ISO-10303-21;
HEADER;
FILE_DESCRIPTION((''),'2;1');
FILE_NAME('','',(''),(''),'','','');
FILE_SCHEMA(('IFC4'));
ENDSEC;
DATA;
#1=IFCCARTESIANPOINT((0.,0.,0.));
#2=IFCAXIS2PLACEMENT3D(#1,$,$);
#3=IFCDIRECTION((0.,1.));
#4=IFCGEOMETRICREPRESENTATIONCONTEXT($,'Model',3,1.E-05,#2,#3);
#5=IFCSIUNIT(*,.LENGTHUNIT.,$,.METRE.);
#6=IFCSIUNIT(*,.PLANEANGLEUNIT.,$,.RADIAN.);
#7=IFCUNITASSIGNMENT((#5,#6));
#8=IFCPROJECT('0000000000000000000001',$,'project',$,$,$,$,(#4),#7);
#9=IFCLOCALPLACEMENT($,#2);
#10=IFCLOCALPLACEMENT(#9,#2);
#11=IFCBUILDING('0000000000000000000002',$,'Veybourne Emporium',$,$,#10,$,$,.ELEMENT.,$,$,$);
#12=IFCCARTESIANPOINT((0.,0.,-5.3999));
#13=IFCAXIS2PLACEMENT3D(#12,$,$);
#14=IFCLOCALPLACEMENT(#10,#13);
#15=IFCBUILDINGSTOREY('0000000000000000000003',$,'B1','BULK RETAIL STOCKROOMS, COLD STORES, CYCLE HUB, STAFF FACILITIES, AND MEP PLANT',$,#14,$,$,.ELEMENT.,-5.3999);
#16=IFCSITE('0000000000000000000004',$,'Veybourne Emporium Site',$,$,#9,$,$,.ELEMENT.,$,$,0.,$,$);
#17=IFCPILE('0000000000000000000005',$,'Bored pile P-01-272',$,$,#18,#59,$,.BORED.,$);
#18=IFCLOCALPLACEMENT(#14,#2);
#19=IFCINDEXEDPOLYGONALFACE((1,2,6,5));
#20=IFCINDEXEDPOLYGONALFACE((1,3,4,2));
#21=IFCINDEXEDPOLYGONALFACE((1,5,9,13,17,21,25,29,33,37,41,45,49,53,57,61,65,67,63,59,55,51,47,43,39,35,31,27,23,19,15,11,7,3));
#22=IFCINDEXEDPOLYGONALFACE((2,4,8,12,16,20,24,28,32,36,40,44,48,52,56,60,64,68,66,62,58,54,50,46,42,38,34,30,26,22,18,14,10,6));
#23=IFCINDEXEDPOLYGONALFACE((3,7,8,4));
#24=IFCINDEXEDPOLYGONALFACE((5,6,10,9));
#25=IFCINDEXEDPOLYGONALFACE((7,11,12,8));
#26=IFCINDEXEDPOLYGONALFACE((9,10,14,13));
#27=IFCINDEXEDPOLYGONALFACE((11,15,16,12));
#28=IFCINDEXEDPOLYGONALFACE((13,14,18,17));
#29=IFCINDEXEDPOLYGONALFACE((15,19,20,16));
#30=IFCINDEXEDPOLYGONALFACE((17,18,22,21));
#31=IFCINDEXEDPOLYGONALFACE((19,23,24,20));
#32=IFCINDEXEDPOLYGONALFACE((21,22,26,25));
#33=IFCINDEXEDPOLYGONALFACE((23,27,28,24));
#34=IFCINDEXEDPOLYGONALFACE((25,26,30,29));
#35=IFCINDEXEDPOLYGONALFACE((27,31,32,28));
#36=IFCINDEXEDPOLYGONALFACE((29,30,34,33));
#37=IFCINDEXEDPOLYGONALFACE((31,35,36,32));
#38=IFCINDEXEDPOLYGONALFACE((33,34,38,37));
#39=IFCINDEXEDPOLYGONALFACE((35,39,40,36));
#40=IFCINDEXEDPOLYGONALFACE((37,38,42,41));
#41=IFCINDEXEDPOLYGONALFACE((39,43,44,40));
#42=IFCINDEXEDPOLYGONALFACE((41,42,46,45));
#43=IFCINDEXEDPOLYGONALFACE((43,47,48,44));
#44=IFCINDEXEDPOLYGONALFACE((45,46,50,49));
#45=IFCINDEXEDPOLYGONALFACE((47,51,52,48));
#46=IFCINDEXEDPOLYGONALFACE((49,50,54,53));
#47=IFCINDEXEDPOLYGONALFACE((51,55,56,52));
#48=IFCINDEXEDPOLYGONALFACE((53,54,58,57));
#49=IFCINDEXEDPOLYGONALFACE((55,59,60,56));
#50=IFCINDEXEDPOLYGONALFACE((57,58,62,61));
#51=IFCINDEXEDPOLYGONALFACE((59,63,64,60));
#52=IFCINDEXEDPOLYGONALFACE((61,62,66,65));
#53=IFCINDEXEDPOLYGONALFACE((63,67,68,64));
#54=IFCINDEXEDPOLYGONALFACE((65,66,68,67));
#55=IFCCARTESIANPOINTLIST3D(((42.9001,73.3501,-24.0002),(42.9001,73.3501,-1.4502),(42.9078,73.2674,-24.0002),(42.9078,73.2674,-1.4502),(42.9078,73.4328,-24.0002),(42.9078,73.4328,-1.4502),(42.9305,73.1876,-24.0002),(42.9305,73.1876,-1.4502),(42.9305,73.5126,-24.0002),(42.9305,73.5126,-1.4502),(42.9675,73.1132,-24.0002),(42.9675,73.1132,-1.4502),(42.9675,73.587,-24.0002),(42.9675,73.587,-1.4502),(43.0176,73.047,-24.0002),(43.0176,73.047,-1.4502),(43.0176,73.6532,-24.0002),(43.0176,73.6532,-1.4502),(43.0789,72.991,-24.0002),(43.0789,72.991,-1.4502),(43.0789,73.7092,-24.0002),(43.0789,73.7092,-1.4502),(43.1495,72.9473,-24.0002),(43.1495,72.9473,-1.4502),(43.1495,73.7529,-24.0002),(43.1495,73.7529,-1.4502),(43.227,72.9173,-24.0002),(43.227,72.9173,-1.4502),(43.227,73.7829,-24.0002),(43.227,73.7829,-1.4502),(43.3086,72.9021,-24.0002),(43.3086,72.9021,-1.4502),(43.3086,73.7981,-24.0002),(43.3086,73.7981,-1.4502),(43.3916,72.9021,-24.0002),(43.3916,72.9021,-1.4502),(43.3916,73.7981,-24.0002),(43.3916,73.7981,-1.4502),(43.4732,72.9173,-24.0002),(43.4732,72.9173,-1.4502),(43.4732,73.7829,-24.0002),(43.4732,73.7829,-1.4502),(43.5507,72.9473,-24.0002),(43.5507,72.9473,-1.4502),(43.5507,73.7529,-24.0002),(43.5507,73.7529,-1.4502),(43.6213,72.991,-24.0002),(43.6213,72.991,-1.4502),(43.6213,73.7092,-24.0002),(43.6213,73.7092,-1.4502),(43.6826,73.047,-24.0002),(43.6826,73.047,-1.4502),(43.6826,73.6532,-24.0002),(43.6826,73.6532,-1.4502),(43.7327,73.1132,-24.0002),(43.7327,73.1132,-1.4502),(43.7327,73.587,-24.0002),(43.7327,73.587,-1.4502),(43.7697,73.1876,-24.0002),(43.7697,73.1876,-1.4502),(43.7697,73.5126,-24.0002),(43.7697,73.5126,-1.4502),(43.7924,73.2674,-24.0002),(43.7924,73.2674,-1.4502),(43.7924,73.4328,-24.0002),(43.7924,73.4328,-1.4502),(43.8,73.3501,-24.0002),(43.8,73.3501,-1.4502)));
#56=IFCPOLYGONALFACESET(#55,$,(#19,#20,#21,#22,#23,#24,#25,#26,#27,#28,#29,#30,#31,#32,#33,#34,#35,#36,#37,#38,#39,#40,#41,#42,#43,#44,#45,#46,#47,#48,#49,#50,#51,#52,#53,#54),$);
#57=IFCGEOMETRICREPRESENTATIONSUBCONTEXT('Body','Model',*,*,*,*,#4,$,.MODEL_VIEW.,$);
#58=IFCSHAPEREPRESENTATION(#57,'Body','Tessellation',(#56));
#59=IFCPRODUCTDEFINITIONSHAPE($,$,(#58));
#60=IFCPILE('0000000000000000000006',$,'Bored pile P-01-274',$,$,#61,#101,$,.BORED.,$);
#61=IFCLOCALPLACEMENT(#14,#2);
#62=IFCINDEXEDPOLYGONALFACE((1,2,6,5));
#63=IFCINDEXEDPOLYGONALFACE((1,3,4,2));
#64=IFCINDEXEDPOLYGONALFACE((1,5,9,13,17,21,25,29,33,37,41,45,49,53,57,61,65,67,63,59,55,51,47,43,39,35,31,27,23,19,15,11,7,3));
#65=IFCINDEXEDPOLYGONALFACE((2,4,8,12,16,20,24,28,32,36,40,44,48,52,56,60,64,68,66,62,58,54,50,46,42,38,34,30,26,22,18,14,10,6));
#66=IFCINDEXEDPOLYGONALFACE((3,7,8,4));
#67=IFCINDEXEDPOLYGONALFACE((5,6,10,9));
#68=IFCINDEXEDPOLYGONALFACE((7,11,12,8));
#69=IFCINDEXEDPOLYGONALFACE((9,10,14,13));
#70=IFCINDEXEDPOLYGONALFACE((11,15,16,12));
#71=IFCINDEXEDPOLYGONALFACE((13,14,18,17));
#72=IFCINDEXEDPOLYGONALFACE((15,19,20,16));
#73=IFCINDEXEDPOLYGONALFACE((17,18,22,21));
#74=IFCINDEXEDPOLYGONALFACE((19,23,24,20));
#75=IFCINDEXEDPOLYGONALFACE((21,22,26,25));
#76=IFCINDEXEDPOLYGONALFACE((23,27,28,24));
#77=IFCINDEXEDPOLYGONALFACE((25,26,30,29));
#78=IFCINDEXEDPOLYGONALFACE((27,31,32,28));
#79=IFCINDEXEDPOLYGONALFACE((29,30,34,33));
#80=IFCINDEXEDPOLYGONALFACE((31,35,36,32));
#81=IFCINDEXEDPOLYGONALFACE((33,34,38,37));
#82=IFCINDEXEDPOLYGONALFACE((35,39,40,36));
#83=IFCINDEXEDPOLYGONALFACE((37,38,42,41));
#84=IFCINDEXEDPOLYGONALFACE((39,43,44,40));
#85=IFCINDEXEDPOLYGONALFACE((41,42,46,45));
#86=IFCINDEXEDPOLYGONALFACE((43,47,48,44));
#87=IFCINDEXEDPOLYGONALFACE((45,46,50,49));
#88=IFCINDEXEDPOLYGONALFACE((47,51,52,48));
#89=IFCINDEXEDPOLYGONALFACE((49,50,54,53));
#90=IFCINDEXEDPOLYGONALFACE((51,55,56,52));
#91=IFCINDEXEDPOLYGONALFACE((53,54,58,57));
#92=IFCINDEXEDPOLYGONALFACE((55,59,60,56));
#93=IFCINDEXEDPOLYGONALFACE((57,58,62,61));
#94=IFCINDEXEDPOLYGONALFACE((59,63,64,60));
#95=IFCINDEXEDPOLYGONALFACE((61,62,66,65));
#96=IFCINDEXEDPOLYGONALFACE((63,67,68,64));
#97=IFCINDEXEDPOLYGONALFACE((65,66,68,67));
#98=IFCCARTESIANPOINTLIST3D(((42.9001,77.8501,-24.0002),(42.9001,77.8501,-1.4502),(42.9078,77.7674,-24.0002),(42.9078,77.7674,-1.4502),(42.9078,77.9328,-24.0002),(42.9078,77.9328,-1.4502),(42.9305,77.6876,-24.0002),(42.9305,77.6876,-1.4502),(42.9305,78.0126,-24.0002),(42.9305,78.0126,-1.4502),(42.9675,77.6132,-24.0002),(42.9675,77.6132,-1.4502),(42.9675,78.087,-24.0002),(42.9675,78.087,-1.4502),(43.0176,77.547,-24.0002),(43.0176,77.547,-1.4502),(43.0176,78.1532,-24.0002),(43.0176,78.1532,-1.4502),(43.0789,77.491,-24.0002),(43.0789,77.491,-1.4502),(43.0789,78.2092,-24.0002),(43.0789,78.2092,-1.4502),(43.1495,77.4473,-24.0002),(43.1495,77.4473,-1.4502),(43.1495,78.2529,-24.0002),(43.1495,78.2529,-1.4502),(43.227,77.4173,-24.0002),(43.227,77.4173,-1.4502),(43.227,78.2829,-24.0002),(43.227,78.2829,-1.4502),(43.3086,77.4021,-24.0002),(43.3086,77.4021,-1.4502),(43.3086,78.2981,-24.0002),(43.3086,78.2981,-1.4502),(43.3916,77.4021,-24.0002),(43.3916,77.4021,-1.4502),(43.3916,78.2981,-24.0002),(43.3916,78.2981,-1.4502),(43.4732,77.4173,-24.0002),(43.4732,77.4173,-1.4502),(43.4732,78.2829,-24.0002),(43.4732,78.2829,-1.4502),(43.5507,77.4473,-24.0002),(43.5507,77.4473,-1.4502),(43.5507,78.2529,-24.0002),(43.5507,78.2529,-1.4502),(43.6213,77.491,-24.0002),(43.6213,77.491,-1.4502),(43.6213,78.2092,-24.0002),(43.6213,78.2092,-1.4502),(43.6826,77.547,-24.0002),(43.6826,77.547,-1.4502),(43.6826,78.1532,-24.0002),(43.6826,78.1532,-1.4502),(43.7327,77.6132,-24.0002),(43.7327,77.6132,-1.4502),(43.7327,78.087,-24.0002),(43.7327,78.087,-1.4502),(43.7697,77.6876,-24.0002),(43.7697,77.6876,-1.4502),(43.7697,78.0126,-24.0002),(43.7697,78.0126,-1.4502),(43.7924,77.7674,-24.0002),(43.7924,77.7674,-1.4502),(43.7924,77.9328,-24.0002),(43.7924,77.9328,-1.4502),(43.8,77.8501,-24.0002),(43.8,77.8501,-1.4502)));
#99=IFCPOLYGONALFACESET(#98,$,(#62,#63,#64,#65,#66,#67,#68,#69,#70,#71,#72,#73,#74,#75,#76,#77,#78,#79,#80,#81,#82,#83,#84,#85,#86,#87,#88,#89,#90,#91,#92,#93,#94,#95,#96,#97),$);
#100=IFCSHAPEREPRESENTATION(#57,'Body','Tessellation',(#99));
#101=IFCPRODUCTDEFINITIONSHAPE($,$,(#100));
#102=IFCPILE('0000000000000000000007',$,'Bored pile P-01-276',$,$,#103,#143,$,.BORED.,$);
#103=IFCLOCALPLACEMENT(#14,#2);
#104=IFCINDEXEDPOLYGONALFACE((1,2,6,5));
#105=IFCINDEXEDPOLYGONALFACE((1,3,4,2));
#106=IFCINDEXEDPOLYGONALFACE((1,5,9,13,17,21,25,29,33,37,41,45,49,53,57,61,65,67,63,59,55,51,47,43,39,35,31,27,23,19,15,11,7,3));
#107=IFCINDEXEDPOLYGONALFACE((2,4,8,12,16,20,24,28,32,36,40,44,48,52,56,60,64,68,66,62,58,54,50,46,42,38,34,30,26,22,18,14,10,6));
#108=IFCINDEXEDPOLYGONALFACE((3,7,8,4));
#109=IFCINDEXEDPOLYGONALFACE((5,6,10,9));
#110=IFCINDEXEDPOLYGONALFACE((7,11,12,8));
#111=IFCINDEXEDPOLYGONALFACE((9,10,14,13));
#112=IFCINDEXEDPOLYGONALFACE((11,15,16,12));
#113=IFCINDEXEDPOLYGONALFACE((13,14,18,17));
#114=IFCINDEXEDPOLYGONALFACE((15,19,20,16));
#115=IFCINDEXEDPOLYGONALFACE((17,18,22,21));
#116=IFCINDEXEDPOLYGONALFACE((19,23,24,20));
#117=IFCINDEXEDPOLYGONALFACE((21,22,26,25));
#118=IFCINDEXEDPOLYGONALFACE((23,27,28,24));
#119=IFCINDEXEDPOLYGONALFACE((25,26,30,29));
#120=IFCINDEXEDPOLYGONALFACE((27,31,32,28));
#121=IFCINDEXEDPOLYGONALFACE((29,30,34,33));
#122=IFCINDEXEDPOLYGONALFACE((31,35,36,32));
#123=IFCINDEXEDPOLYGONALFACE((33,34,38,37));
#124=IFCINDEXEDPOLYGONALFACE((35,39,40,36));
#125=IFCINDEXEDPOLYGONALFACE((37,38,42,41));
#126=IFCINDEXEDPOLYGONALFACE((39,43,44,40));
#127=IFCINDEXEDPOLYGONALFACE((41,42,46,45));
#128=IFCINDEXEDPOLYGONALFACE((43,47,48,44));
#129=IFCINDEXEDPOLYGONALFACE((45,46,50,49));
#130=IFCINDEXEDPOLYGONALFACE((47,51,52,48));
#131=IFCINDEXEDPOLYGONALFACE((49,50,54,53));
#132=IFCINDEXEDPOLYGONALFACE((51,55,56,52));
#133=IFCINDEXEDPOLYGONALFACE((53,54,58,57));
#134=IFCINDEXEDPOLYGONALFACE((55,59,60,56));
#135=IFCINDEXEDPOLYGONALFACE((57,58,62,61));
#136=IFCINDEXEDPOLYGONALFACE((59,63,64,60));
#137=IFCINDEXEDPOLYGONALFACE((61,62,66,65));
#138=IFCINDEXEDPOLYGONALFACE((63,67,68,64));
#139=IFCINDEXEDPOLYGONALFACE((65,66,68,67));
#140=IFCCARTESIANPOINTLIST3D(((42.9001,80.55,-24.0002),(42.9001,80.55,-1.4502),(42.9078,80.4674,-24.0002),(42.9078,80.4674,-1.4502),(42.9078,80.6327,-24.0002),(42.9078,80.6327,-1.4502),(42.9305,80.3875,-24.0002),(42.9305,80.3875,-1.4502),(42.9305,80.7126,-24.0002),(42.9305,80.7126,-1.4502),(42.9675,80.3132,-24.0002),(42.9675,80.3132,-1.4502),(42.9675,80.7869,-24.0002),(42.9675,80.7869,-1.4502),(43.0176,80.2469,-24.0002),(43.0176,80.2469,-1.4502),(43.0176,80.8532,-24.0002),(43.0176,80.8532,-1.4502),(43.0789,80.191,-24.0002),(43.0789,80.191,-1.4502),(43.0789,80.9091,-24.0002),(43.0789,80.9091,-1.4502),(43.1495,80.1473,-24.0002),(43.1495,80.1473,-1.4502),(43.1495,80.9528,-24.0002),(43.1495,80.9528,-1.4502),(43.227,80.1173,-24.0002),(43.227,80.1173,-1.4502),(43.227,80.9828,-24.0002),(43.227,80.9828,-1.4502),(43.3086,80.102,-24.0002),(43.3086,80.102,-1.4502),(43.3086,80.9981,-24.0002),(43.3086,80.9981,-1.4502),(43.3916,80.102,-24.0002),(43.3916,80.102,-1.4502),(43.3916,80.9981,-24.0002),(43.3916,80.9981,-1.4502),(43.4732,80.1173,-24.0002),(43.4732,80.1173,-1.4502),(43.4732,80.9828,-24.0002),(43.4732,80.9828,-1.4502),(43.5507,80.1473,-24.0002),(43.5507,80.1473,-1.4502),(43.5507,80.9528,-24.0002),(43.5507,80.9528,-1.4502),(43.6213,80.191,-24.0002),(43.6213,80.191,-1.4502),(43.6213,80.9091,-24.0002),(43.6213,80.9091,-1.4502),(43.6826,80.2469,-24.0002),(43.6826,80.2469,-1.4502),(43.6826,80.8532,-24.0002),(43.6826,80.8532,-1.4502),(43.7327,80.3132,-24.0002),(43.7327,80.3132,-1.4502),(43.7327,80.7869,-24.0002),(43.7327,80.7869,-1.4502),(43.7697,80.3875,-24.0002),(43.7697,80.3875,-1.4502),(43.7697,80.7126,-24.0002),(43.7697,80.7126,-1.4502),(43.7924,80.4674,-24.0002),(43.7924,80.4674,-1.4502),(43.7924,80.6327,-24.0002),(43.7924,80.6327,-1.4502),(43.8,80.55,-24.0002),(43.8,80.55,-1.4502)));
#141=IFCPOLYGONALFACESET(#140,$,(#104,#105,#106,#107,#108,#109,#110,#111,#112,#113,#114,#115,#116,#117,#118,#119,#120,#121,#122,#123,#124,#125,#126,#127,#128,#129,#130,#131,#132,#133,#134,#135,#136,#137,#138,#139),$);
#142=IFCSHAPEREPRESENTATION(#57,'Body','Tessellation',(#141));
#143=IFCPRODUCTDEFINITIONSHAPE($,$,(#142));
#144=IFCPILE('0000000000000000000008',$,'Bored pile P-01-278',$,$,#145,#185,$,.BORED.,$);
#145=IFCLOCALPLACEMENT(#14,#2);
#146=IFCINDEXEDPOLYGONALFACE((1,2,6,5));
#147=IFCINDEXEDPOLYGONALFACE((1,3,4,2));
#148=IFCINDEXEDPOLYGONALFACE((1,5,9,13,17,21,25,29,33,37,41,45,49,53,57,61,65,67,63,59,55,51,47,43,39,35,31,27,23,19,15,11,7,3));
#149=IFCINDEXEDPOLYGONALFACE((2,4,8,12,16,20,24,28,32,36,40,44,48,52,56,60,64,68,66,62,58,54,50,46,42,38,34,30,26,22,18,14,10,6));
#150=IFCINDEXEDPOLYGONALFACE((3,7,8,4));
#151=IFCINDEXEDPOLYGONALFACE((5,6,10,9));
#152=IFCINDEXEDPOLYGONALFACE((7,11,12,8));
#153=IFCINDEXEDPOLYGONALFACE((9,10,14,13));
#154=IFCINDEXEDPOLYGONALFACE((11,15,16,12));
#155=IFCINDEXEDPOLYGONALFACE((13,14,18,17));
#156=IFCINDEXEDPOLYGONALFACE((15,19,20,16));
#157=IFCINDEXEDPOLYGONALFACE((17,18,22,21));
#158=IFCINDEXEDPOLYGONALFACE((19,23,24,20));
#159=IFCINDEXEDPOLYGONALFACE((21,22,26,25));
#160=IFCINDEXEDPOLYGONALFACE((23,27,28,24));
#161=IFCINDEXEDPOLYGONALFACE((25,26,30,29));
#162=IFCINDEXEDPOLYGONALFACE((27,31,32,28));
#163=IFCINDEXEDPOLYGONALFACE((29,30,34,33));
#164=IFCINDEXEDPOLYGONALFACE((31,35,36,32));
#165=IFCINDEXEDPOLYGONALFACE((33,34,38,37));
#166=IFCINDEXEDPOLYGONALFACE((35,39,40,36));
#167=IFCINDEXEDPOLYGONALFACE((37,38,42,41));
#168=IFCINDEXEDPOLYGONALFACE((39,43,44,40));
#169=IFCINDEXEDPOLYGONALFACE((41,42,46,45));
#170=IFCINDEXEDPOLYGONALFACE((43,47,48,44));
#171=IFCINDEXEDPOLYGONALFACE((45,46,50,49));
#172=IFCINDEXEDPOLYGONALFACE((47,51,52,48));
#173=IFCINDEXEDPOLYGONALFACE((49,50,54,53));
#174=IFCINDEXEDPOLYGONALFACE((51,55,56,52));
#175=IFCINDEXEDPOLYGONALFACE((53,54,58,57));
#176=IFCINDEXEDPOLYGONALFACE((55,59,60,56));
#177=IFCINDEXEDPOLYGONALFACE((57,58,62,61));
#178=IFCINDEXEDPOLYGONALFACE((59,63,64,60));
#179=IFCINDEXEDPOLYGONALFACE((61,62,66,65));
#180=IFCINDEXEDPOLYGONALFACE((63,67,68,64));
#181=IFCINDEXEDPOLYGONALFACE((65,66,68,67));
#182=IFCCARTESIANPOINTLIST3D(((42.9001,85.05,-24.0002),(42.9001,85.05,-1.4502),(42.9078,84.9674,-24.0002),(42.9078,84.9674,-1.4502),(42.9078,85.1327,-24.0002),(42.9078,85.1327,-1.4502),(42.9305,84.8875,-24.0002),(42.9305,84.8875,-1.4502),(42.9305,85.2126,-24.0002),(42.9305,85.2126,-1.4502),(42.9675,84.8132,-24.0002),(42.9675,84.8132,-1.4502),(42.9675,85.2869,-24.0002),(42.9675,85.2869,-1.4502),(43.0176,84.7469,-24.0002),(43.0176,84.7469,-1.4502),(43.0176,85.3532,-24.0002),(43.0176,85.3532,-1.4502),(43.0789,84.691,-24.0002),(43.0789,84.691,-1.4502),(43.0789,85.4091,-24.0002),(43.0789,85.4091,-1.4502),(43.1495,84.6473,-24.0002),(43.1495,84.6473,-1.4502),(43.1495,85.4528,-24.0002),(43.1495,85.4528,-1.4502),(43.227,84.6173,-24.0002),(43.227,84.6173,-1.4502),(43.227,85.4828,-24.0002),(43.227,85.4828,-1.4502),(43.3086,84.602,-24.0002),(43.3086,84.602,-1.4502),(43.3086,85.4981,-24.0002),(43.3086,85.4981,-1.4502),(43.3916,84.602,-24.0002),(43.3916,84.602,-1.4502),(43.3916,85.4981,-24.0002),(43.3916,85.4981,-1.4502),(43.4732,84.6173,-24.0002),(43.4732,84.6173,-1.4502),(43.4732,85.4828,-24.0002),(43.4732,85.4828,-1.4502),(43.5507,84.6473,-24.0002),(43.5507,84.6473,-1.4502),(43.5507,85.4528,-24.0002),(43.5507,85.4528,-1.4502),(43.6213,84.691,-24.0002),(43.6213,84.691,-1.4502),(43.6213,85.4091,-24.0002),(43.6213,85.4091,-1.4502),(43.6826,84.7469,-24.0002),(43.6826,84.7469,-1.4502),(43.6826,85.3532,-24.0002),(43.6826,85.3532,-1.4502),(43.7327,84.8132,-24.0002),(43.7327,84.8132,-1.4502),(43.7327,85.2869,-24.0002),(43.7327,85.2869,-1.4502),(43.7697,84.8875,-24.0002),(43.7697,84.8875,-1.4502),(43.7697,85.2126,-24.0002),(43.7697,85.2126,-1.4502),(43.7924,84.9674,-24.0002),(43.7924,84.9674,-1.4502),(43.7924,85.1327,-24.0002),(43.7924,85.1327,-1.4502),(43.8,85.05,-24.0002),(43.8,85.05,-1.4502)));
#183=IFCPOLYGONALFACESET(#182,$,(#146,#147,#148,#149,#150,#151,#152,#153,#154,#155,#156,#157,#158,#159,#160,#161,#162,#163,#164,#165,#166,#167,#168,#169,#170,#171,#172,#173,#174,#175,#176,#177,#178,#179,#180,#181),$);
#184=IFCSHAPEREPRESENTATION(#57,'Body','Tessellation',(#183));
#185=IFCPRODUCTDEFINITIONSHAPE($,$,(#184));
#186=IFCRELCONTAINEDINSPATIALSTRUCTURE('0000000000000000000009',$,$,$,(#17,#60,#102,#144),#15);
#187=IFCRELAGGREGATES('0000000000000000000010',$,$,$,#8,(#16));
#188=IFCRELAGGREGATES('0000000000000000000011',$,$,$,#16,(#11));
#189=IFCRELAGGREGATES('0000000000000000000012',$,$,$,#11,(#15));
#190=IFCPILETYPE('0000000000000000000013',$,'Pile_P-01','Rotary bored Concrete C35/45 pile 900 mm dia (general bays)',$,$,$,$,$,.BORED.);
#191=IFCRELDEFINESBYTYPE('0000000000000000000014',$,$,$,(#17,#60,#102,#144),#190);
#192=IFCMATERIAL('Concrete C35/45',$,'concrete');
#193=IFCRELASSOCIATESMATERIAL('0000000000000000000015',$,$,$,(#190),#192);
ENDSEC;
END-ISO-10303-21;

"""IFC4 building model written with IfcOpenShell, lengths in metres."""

from ifc_helpers import new_model, si_unit, direction, frame, origin, origin_2d, place, context, subcontext, project, spatial, circle, extrude, material, material_profile, profile_set, type_object, element, save


model = new_model("IFC4")

# Units and contexts
model_context = context("Model", 3, precision=1e-05, world=origin(), true_north=direction((0.0, 1.0)))
body_context = subcontext(model_context, "Body", "Model", "MODEL_VIEW")
ifc_project = project(units=[si_unit("LENGTHUNIT", "METRE"), si_unit("PLANEANGLEUNIT", "RADIAN")], contexts=[model_context])

# Site, building, storey
site_placement = place(None, origin())
site = spatial("IfcSite", under=ifc_project, at=site_placement, Name="Veybourne Emporium Site", CompositionType="ELEMENT", RefElevation=0.0)
building_placement = place(site_placement, origin())
building = spatial("IfcBuilding", under=site, at=building_placement, Name="Veybourne Emporium", CompositionType="ELEMENT")
storey_placement = place(building_placement, frame((0.0, 0.0, -5.3999)))
storey = spatial("IfcBuildingStorey", under=building, at=storey_placement, Name="B1", Description="BULK RETAIL STOCKROOMS, COLD STORES, CYCLE HUB, STAFF FACILITIES, AND MEP PLANT", CompositionType="ELEMENT", Elevation=-5.3999)

# Shared definitions
ifc_material_1 = material(Name="Concrete C35/45", Category="concrete")

# Piles
ifc_material_profile_1 = material_profile(ifc_material_1, circle(Radius=0.45, at=origin_2d()), Name="BORED PILE 900")
ifc_profile_set_1 = profile_set([ifc_material_profile_1], Name="Concrete C35/45")
pile_type_1 = type_object("IfcPileType", Name="Pile_P-01", Description="Rotary bored Concrete C35/45 pile 900 mm dia (general bays)", PredefinedType="BORED", material=ifc_profile_set_1)
for number, where, z_axis, x_axis, name in (
    (1, (43.3501, 73.3501, -1.4502), (0.0, 0.0, -1.0), (1.0, 0.0, 0.0), "Bored pile P-01-272"),
    (2, (43.3501, 77.8501, -1.4502), (0.0, 0.0, -1.0), (1.0, 0.0, 0.0), "Bored pile P-01-274"),
    (3, (43.3501, 80.55, -1.4502), (0.0, 0.0, -1.0), (1.0, 0.0, 0.0), "Bored pile P-01-276"),
    (4, (43.3501, 85.05, -1.4502), (0.0, 0.0, -1.0), (1.0, 0.0, 0.0), "Bored pile P-01-278"),
):
    element("IfcPile", number, at=place(storey_placement, frame(where, z_axis=z_axis, x_axis=x_axis)), inside=storey, type_object=pile_type_1, Name=name, PredefinedType="BORED", context=body_context, shape_type="SweptSolid", body=[
        extrude(circle(Radius=0.45, at=origin_2d()), origin(), (0.0, 0.0, 1.0), 22.55),
    ])

save(model, "model.ifc")
